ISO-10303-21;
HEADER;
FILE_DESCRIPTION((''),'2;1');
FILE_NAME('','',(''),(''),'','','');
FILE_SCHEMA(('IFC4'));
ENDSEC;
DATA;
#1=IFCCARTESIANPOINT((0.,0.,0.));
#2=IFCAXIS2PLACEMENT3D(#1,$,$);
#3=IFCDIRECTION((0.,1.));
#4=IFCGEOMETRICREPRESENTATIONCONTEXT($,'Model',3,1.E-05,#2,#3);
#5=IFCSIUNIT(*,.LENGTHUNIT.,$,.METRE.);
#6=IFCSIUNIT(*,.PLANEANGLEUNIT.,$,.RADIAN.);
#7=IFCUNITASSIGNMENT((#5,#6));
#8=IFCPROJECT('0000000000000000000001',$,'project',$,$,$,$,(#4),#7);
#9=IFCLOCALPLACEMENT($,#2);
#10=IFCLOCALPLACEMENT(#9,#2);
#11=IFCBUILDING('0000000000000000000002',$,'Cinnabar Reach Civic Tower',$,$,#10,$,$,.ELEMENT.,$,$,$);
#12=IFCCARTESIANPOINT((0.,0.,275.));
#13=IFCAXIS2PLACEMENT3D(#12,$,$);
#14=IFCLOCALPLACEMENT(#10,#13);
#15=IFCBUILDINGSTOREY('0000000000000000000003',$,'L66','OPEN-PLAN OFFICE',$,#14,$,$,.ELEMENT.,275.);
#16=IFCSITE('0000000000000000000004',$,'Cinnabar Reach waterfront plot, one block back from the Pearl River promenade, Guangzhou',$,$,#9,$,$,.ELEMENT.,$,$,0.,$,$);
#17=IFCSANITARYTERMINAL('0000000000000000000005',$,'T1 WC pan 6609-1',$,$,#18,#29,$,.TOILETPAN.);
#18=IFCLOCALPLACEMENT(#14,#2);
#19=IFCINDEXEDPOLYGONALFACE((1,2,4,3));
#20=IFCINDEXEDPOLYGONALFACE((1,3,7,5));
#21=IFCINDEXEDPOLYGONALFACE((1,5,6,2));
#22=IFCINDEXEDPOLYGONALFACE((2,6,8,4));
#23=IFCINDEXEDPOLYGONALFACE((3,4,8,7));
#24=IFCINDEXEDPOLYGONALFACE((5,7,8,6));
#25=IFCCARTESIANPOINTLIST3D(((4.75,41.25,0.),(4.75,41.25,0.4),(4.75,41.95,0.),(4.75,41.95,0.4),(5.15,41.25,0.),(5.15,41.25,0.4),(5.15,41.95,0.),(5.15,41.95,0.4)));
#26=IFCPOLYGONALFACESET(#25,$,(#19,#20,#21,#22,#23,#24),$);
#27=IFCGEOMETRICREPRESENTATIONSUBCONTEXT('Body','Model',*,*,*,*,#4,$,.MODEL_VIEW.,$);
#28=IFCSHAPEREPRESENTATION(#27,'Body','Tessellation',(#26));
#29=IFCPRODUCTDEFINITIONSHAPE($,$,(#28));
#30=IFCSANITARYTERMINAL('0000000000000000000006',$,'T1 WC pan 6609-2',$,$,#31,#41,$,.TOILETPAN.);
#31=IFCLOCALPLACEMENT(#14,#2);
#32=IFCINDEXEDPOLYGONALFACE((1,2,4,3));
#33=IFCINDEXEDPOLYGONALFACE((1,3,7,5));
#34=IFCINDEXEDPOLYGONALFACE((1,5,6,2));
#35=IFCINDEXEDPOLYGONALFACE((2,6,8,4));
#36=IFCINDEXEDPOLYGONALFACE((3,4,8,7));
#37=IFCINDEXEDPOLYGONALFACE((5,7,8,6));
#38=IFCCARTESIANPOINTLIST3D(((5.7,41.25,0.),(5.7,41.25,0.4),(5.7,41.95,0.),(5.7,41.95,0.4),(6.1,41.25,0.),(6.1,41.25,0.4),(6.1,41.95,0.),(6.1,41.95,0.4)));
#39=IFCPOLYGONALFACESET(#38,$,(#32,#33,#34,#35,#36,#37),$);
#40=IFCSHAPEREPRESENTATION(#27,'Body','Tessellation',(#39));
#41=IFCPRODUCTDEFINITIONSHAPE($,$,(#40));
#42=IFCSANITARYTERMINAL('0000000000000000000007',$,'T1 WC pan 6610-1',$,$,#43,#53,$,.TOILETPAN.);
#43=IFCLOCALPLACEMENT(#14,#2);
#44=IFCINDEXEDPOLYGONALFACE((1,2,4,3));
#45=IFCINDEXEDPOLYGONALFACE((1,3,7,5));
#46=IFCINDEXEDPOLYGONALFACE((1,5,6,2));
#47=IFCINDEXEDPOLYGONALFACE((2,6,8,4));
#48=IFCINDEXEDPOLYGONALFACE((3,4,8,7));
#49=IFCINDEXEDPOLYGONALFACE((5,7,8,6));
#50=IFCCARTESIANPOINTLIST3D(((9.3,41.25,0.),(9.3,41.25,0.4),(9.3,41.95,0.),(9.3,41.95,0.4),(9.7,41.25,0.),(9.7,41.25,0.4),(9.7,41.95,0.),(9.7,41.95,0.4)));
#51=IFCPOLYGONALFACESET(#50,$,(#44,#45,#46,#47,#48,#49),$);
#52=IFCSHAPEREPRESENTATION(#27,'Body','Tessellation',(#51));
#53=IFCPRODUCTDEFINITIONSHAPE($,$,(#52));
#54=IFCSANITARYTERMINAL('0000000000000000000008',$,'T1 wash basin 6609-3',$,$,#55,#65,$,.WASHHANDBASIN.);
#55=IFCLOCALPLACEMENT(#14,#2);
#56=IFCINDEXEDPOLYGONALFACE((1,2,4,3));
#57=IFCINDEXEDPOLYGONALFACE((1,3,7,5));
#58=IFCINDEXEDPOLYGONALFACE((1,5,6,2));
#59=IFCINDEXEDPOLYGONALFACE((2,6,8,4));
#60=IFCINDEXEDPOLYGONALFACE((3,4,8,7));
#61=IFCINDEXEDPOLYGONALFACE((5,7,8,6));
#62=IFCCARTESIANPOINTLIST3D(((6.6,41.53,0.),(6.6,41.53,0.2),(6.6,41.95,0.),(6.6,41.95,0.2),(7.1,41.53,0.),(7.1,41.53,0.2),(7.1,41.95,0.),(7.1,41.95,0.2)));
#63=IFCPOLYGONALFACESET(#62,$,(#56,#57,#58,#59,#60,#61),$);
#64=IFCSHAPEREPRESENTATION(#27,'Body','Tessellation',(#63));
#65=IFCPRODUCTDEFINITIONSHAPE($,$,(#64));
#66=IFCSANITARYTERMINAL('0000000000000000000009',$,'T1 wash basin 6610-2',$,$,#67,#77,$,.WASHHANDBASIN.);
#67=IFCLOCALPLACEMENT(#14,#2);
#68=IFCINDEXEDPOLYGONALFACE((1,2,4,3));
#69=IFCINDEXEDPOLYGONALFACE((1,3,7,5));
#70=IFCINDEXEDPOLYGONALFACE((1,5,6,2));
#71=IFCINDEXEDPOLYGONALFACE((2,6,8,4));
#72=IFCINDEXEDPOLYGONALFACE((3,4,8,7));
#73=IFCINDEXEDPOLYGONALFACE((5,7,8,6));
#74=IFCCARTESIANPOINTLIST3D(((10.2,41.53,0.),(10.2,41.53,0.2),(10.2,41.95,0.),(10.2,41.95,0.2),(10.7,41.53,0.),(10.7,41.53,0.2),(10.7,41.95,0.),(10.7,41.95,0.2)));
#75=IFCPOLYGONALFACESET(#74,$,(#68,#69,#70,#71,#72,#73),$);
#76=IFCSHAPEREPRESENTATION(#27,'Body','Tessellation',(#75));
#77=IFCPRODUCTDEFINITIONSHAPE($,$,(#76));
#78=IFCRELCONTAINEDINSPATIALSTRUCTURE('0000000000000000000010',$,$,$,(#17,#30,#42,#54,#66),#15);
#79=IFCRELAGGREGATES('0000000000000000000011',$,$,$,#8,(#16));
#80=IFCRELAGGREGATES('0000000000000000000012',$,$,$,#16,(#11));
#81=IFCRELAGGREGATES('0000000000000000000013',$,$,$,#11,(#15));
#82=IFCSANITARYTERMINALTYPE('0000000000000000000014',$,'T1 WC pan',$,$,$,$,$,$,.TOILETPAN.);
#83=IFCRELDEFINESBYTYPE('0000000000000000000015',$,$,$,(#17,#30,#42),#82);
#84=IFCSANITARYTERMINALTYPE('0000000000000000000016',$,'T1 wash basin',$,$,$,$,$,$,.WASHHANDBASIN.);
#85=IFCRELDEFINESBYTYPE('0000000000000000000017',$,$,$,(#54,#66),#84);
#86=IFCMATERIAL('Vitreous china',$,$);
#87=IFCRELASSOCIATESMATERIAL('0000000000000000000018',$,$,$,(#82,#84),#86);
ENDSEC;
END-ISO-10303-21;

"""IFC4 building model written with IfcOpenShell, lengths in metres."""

from ifc_helpers import new_model, si_unit, direction, frame, origin, origin_2d, place, context, subcontext, project, spatial, rectangle, extrude, material, type_object, element, save


model = new_model("IFC4")

# Units and contexts
model_context = context("Model", 3, precision=1e-05, world=origin(), true_north=direction((0.0, 1.0)))
body_context = subcontext(model_context, "Body", "Model", "MODEL_VIEW")
ifc_project = project(units=[si_unit("LENGTHUNIT", "METRE"), si_unit("PLANEANGLEUNIT", "RADIAN")], contexts=[model_context])

# Site, building, storey
site_placement = place(None, origin())
site = spatial("IfcSite", under=ifc_project, at=site_placement, Name="Cinnabar Reach waterfront plot, one block back from the Pearl River promenade, Guangzhou", CompositionType="ELEMENT", RefElevation=0.0)
building_placement = place(site_placement, origin())
building = spatial("IfcBuilding", under=site, at=building_placement, Name="Cinnabar Reach Civic Tower", CompositionType="ELEMENT")
storey_placement = place(building_placement, frame((0.0, 0.0, 275.0)))
storey = spatial("IfcBuildingStorey", under=building, at=storey_placement, Name="L66", Description="OPEN-PLAN OFFICE", CompositionType="ELEMENT", Elevation=275.0)

# Sanitary terminals
ifc_material_1 = material(Name="Vitreous china")
sanitary_terminal_type_1 = type_object("IfcSanitaryTerminalType", Name="T1 WC pan", PredefinedType="TOILETPAN", material=ifc_material_1)
for number, where, z_axis, x_axis, name in (
    (1, (4.95, 41.6, 0.0), (0.0, 0.0, 1.0), (1.0, 0.0, 0.0), "T1 WC pan 6609-1"),
    (2, (5.9, 41.6, 0.0), (0.0, 0.0, 1.0), (1.0, 0.0, 0.0), "T1 WC pan 6609-2"),
    (3, (9.5, 41.6, 0.0), (0.0, 0.0, 1.0), (1.0, 0.0, 0.0), "T1 WC pan 6610-1"),
):
    element("IfcSanitaryTerminal", number, at=place(storey_placement, frame(where, z_axis=z_axis, x_axis=x_axis)), inside=storey, type_object=sanitary_terminal_type_1, Name=name, PredefinedType="TOILETPAN", context=body_context, shape_type="SweptSolid", body=[
        extrude(rectangle(XDim=0.4, YDim=0.7, at=origin_2d()), origin(), (0.0, 0.0, 1.0), 0.4),
    ])
sanitary_terminal_type_2 = type_object("IfcSanitaryTerminalType", Name="T1 wash basin", PredefinedType="WASHHANDBASIN", material=ifc_material_1)
for number, where, z_axis, x_axis, name in (
    (4, (6.85, 41.74, 0.0), (0.0, 0.0, 1.0), (1.0, 0.0, 0.0), "T1 wash basin 6609-3"),
    (5, (10.45, 41.74, 0.0), (0.0, 0.0, 1.0), (1.0, 0.0, 0.0), "T1 wash basin 6610-2"),
):
    element("IfcSanitaryTerminal", number, at=place(storey_placement, frame(where, z_axis=z_axis, x_axis=x_axis)), inside=storey, type_object=sanitary_terminal_type_2, Name=name, PredefinedType="WASHHANDBASIN", context=body_context, shape_type="SweptSolid", body=[
        extrude(rectangle(XDim=0.5, YDim=0.42, at=origin_2d()), origin(), (0.0, 0.0, 1.0), 0.2),
    ])

save(model, "model.ifc")
